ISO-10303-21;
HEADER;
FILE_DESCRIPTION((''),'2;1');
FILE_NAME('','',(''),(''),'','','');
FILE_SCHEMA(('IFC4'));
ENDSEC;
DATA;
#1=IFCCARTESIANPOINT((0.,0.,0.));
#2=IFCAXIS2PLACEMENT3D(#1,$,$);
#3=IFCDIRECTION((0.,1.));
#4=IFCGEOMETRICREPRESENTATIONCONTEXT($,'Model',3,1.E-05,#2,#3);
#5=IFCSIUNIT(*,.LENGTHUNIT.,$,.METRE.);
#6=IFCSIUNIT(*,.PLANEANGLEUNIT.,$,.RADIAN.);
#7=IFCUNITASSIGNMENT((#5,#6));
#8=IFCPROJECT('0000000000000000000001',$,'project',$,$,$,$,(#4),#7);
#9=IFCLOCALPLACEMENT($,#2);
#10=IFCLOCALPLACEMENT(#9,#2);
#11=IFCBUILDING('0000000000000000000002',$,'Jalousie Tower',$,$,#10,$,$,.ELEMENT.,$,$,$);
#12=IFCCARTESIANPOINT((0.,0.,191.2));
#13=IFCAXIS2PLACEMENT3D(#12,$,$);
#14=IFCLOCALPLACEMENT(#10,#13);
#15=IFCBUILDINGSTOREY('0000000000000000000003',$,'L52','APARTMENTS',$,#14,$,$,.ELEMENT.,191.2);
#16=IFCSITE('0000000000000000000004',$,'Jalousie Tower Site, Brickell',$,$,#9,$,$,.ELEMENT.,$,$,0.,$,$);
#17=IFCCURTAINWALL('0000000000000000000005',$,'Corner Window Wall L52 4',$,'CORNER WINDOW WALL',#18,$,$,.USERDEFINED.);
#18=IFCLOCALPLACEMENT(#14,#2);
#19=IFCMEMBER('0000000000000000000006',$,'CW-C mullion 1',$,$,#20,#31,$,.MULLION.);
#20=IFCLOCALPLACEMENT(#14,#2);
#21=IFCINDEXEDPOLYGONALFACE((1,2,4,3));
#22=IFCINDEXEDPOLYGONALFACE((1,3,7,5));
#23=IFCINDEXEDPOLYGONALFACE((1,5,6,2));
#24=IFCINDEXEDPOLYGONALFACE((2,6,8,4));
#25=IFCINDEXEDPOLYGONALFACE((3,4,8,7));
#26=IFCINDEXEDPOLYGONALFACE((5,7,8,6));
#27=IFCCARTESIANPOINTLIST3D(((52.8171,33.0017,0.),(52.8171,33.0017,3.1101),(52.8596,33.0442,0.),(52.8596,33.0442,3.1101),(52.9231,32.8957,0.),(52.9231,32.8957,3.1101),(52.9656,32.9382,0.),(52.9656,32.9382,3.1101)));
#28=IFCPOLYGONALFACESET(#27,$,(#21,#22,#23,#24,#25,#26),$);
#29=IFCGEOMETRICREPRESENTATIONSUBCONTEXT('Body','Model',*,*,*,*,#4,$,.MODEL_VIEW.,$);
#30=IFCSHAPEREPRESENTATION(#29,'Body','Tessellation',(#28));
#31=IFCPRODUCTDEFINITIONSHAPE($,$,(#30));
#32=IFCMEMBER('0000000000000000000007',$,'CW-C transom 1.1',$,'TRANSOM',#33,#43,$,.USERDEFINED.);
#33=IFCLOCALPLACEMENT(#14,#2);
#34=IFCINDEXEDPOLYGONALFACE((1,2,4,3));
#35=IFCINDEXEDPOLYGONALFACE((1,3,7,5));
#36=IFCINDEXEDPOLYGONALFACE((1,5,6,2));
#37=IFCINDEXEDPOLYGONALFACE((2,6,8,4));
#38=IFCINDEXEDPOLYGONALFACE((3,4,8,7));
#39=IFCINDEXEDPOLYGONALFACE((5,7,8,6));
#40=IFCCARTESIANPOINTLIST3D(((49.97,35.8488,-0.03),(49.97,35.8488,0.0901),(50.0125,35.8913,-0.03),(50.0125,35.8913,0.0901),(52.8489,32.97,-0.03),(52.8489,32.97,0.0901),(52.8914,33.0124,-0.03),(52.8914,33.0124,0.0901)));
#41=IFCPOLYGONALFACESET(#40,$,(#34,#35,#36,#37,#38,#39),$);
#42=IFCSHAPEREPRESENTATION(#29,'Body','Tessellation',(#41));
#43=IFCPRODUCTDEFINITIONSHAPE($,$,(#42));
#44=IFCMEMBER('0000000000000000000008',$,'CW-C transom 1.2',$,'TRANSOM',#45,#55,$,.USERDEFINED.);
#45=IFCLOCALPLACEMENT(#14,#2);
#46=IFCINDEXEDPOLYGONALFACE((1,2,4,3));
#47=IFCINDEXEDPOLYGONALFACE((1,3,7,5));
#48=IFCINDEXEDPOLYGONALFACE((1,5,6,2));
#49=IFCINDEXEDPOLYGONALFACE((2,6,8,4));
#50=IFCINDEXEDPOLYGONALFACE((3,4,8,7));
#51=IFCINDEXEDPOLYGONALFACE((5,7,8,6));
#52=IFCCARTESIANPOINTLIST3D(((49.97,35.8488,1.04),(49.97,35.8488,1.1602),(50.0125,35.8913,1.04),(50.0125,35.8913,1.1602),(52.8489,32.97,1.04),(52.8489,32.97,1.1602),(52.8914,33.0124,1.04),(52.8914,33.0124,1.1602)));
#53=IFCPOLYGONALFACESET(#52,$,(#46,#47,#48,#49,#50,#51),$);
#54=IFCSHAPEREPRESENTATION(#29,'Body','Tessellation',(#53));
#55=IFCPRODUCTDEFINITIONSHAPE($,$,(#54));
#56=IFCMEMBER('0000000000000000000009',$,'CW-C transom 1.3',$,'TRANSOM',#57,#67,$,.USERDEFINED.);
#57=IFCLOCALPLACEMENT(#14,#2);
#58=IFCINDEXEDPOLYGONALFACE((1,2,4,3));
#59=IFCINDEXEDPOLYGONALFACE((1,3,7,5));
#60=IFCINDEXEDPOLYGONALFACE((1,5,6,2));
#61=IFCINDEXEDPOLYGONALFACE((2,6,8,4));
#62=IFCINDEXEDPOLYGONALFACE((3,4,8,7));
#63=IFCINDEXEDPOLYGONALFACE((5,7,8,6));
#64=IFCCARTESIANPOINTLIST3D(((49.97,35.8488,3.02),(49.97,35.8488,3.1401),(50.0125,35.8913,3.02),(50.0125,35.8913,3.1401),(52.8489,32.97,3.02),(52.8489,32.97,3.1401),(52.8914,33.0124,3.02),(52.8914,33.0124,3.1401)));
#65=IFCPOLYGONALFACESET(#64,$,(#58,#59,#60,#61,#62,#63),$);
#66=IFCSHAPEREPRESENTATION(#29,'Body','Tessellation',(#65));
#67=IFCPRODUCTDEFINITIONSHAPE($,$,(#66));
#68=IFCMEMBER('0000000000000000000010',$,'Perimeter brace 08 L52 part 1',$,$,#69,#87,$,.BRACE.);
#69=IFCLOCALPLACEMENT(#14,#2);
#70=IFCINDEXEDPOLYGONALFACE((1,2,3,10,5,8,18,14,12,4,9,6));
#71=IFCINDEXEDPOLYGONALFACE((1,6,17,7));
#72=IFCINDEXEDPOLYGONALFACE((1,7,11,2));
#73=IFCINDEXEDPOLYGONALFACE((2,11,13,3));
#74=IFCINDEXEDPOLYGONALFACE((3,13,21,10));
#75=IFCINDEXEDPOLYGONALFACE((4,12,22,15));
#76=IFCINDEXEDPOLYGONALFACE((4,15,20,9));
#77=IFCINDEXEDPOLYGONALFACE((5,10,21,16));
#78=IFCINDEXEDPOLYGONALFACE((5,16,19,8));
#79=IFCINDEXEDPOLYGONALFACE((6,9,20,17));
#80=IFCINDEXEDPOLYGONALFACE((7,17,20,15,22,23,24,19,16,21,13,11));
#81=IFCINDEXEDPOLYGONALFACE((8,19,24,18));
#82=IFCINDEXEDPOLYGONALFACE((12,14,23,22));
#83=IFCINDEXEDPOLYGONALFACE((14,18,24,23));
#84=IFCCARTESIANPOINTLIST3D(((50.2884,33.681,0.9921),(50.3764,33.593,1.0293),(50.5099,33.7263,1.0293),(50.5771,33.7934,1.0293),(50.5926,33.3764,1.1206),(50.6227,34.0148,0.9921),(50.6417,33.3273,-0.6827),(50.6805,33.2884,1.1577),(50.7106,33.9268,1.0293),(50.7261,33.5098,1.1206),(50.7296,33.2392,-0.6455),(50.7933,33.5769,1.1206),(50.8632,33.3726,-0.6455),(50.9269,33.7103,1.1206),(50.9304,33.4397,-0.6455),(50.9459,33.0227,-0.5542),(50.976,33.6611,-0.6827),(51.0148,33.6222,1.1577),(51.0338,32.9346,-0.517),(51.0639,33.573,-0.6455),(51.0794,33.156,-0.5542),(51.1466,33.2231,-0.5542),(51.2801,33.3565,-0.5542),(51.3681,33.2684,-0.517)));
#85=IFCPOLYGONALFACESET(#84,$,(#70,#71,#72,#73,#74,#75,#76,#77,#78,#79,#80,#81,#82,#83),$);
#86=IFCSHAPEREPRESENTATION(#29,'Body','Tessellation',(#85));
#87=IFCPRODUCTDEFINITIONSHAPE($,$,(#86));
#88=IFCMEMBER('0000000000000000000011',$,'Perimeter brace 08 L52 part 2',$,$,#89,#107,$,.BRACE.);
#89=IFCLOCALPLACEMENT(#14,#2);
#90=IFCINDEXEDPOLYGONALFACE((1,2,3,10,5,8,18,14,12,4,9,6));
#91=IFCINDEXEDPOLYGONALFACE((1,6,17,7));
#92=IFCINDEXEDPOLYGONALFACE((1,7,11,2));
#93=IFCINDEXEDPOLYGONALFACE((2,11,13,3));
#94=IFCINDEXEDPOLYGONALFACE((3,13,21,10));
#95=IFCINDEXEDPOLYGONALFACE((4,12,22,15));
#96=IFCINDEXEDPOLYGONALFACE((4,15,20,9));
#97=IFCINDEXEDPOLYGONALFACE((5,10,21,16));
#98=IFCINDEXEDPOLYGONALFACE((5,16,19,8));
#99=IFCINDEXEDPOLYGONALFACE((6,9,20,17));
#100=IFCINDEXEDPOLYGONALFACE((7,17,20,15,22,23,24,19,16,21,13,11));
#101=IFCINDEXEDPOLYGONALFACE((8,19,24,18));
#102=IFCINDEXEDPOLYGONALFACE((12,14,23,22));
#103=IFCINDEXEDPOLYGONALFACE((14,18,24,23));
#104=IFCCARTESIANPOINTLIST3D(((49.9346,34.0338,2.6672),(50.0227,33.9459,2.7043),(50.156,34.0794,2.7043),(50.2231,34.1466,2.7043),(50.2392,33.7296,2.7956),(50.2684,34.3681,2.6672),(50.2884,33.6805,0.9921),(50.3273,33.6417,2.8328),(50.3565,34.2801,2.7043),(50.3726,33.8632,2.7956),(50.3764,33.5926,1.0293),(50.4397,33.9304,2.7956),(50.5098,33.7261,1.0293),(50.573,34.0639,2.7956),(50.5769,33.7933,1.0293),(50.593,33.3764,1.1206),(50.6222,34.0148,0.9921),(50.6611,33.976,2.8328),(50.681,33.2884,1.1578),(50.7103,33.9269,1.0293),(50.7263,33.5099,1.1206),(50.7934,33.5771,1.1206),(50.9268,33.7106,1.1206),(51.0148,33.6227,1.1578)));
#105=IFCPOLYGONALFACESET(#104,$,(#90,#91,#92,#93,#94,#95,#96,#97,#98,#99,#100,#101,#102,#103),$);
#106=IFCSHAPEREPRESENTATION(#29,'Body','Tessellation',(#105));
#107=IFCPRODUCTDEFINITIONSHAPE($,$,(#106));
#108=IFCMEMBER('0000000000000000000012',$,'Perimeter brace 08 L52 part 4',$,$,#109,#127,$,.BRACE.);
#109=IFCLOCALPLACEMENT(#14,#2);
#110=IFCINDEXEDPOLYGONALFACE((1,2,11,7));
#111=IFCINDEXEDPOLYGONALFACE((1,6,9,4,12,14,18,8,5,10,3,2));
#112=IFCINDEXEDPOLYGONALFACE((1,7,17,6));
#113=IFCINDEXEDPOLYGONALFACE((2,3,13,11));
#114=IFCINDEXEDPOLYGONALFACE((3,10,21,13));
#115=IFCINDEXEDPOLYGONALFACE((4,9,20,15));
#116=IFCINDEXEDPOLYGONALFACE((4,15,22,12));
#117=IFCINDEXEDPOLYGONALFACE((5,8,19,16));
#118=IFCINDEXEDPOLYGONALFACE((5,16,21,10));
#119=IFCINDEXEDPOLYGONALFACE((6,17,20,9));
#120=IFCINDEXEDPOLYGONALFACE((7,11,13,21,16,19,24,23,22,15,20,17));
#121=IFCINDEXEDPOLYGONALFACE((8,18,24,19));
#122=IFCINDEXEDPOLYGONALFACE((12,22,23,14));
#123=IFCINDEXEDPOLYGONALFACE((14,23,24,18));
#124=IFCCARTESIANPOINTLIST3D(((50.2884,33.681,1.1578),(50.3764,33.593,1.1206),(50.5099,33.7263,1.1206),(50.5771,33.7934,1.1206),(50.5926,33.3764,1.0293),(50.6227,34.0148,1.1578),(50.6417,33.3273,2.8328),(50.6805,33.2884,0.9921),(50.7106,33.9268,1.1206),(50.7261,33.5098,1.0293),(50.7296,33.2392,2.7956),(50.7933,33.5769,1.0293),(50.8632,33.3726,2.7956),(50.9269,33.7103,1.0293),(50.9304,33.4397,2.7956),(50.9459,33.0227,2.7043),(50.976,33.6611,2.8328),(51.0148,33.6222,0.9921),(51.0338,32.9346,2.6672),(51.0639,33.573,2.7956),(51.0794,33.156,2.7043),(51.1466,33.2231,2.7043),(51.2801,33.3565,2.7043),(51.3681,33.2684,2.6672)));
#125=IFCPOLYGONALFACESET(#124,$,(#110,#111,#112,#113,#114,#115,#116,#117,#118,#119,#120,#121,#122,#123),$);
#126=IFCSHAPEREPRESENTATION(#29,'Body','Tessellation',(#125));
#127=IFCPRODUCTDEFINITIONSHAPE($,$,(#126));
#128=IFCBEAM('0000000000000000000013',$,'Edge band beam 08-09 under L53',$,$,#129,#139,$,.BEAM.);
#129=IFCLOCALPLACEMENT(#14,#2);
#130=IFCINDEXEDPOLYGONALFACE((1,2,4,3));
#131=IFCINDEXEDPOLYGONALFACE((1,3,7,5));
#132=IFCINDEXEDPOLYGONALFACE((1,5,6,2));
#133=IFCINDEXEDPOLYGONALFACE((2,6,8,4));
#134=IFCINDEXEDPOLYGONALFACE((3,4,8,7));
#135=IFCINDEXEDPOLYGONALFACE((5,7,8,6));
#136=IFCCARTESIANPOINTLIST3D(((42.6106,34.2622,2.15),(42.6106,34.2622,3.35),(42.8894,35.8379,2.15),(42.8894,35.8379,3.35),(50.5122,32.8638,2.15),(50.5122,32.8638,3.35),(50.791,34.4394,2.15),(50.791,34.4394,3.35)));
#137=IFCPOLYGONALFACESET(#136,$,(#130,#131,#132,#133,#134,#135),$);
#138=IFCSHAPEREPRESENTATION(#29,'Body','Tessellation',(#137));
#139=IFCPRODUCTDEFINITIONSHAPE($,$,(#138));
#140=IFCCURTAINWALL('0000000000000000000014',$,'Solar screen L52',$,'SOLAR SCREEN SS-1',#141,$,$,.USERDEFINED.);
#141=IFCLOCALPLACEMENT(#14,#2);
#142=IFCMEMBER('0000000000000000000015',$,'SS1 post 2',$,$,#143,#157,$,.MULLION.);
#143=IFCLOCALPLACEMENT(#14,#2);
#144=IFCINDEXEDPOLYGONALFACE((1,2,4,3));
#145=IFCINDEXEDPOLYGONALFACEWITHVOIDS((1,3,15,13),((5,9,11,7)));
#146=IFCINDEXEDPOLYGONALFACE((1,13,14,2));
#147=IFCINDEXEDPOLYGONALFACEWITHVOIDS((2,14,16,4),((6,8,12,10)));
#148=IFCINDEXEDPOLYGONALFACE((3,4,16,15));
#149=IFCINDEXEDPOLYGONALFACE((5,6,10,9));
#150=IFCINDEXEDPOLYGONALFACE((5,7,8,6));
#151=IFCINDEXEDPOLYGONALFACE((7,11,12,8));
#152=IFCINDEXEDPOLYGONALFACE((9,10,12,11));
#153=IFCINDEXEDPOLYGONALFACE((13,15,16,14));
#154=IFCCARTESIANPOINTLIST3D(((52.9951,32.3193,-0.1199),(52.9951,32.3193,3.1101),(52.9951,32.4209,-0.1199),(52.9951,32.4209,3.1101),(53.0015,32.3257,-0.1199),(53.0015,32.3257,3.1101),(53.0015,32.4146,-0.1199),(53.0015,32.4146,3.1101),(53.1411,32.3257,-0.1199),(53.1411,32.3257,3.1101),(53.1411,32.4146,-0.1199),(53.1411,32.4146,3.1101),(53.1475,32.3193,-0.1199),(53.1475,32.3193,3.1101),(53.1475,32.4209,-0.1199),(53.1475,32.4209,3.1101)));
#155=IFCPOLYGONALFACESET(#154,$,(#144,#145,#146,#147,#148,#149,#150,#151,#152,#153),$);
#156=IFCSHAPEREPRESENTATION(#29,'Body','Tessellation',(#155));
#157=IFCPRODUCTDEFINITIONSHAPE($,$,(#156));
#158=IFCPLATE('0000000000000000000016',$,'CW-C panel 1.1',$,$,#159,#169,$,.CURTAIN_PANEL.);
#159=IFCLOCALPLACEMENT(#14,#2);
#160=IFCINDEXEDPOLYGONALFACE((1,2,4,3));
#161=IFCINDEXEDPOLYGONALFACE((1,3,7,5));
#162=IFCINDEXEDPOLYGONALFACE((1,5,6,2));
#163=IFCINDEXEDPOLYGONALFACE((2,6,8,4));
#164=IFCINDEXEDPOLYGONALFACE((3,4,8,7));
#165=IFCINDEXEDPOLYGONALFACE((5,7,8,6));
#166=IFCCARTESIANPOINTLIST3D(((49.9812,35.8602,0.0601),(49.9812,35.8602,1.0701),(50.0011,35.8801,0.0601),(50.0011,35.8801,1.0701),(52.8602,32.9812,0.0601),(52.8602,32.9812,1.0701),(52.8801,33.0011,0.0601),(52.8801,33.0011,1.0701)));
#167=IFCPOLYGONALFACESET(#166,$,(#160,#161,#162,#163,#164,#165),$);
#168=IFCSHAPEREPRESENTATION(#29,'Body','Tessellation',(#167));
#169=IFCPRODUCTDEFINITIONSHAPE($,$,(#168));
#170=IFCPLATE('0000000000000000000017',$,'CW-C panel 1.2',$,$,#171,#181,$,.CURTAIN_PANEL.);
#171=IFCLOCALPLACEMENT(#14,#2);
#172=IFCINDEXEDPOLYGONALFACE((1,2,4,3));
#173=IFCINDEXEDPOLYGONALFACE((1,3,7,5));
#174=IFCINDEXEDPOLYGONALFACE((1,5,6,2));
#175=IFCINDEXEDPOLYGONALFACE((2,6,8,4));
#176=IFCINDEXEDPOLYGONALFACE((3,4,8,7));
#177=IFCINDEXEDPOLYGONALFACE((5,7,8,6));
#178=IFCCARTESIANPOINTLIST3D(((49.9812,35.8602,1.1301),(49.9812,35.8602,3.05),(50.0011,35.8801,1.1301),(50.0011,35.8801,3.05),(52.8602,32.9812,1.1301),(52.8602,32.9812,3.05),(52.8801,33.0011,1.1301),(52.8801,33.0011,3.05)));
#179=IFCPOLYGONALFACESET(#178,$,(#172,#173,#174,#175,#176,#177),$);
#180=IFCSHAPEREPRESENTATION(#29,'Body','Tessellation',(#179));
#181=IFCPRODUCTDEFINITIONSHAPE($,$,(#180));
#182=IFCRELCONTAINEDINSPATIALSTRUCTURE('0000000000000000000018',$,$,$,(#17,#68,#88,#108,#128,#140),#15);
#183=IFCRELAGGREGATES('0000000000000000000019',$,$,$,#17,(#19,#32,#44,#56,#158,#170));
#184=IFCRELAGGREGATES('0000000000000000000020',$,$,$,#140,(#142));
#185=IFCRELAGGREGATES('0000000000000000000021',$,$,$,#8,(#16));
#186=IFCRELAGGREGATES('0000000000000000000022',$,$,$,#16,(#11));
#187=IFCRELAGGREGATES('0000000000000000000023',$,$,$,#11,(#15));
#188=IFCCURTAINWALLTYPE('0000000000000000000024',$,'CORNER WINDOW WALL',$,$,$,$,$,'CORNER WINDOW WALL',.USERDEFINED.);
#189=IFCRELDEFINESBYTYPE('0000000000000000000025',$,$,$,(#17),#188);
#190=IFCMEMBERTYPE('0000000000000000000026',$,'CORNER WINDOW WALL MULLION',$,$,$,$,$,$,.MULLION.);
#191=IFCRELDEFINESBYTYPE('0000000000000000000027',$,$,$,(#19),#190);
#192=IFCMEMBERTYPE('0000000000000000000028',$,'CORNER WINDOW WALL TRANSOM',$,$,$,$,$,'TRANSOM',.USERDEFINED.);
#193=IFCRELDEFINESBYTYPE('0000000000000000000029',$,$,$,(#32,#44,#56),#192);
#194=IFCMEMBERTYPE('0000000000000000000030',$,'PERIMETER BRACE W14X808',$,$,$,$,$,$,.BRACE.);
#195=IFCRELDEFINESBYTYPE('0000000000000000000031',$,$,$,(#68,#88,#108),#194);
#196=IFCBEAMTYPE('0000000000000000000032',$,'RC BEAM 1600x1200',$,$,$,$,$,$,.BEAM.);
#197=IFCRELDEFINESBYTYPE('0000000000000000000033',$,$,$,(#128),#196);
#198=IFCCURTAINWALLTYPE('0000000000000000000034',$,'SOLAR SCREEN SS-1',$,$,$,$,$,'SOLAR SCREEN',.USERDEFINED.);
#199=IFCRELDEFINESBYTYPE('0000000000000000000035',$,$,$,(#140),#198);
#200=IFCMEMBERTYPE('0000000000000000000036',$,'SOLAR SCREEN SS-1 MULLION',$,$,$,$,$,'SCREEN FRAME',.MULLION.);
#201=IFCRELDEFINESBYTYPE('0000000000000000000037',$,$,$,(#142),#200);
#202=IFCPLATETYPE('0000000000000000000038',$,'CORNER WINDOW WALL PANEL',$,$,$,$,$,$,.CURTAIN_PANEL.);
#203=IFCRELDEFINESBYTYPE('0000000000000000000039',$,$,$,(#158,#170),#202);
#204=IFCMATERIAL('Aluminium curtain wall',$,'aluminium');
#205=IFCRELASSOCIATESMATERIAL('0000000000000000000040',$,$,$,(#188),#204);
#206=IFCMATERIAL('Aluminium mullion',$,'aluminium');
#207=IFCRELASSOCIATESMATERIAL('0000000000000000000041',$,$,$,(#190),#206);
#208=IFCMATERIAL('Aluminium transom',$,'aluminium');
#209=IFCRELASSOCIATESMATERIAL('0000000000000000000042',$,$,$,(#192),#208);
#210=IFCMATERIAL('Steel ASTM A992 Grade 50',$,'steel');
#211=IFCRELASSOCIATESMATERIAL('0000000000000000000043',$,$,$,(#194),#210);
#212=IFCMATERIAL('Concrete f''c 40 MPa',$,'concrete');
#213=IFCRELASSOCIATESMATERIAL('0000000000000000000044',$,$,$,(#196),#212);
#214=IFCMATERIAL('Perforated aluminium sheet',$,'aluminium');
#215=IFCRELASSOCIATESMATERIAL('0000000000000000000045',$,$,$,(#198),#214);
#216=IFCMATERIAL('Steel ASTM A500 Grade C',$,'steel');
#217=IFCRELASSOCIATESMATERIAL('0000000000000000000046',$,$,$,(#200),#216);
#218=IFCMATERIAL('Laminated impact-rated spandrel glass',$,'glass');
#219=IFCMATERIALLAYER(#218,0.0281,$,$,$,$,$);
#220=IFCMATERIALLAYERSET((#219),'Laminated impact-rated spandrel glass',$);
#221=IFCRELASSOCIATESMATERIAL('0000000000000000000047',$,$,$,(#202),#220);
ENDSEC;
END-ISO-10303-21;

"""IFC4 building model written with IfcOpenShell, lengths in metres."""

from ifc_helpers import new_model, si_unit, direction, frame, origin, origin_2d, place, context, subcontext, project, spatial, rectangle, hollow_rectangle, i_section, extrude, material, layer, layer_set, material_profile, profile_set, type_object, element, aggregate, save


model = new_model("IFC4")

# Units and contexts
model_context = context("Model", 3, precision=1e-05, world=origin(), true_north=direction((0.0, 1.0)))
body_context = subcontext(model_context, "Body", "Model", "MODEL_VIEW")
ifc_project = project(units=[si_unit("LENGTHUNIT", "METRE"), si_unit("PLANEANGLEUNIT", "RADIAN")], contexts=[model_context])

# Site, building, storey
site_placement = place(None, origin())
site = spatial("IfcSite", under=ifc_project, at=site_placement, Name="Jalousie Tower Site, Brickell", CompositionType="ELEMENT", RefElevation=0.0)
building_placement = place(site_placement, origin())
building = spatial("IfcBuilding", under=site, at=building_placement, Name="Jalousie Tower", CompositionType="ELEMENT")
storey_placement = place(building_placement, frame((0.0, 0.0, 191.2)))
storey = spatial("IfcBuildingStorey", under=building, at=storey_placement, Name="L52", Description="APARTMENTS", CompositionType="ELEMENT", Elevation=191.2)

# Curtain wall, members
ifc_material_1 = material(Name="Aluminium curtain wall", Category="aluminium")
curtain_wall_type_1 = type_object("IfcCurtainWallType", Name="CORNER WINDOW WALL", ElementType="CORNER WINDOW WALL", PredefinedType="USERDEFINED", material=ifc_material_1)
curtain_wall_1_placement = place(storey_placement, origin())
curtain_wall_1 = element("IfcCurtainWall", 1, at=curtain_wall_1_placement, inside=storey, type_object=curtain_wall_type_1, Name="Corner Window Wall L52 4", ObjectType="CORNER WINDOW WALL", PredefinedType="USERDEFINED")
ifc_material_2 = material(Name="Aluminium mullion", Category="aluminium")
ifc_material_profile_1 = material_profile(ifc_material_2, rectangle(XDim=0.0601, YDim=0.1499, at=origin_2d()), Name="MULLION 60x150")
ifc_profile_set_1 = profile_set([ifc_material_profile_1], Name="Aluminium mullion")
member_type_1 = type_object("IfcMemberType", Name="CORNER WINDOW WALL MULLION", PredefinedType="MULLION", material=ifc_profile_set_1)
member_1_placement = place(storey_placement, frame((52.8914, 32.97, 0.0), z_axis=(0.0, 0.0, 1.0), x_axis=(-0.707107, -0.707107, 0.0)))
member_1 = element("IfcMember", 2, at=member_1_placement, type_object=member_type_1, Name="CW-C mullion 1", PredefinedType="MULLION", context=body_context, shape_type="SweptSolid", body=[
    extrude(rectangle(XDim=0.0601, YDim=0.1499, at=origin_2d()), origin(), (0.0, 0.0, 1.0), 3.1101),
])
ifc_material_3 = material(Name="Aluminium transom", Category="aluminium")
ifc_material_profile_2 = material_profile(ifc_material_3, rectangle(XDim=0.0601, YDim=0.1201, at=origin_2d()), Name="TRANSOM 60x120")
ifc_profile_set_2 = profile_set([ifc_material_profile_2], Name="Aluminium transom")
member_type_2 = type_object("IfcMemberType", Name="CORNER WINDOW WALL TRANSOM", ElementType="TRANSOM", PredefinedType="USERDEFINED", material=ifc_profile_set_2)
member_2_placement = place(storey_placement, frame((52.8701, 32.9912, 0.03), z_axis=(-0.707107, 0.707107, 0.0), x_axis=(-0.707107, -0.707107, 0.0)))
member_2 = element("IfcMember", 3, at=member_2_placement, type_object=member_type_2, Name="CW-C transom 1.1", ObjectType="TRANSOM", PredefinedType="USERDEFINED", context=body_context, shape_type="SweptSolid", body=[
    extrude(rectangle(XDim=0.0601, YDim=0.1201, at=origin_2d()), origin(), (0.0, 0.0, 1.0), 4.0713),
])
member_3_placement = place(storey_placement, frame((52.8701, 32.9912, 1.1001), z_axis=(-0.707107, 0.707107, 0.0), x_axis=(-0.707107, -0.707107, 0.0)))
member_3 = element("IfcMember", 4, at=member_3_placement, type_object=member_type_2, Name="CW-C transom 1.2", ObjectType="TRANSOM", PredefinedType="USERDEFINED", context=body_context, shape_type="SweptSolid", body=[
    extrude(rectangle(XDim=0.0601, YDim=0.1201, at=origin_2d()), origin(), (0.0, 0.0, 1.0), 4.0713),
])
member_4_placement = place(storey_placement, frame((52.8701, 32.9912, 3.0801), z_axis=(-0.707107, 0.707107, 0.0), x_axis=(-0.707107, -0.707107, 0.0)))
member_4 = element("IfcMember", 5, at=member_4_placement, type_object=member_type_2, Name="CW-C transom 1.3", ObjectType="TRANSOM", PredefinedType="USERDEFINED", context=body_context, shape_type="SweptSolid", body=[
    extrude(rectangle(XDim=0.0601, YDim=0.1201, at=origin_2d()), origin(), (0.0, 0.0, 1.0), 4.0713),
])

# Members
ifc_material_4 = material(Name="Steel ASTM A992 Grade 50", Category="steel")
ifc_material_profile_3 = material_profile(ifc_material_4, i_section(OverallWidth=0.4724, OverallDepth=0.5791, WebThickness=0.095, FlangeThickness=0.1299, at=origin_2d()), Name="W14X808")
ifc_profile_set_3 = profile_set([ifc_material_profile_3], Name="Steel ASTM A992 Grade 50")
member_type_3 = type_object("IfcMemberType", Name="PERIMETER BRACE W14X808", PredefinedType="BRACE", material=ifc_profile_set_3)
member_5_placement = place(storey_placement, frame((51.0049, 33.2979, -0.5999), z_axis=(-0.20212, 0.202399, 0.958218), x_axis=(-0.707595, -0.706618, 0.0)))
element("IfcMember", 6, at=member_5_placement, inside=storey, type_object=member_type_3, Name="Perimeter brace 08 L52 part 1", PredefinedType="BRACE", context=body_context, shape_type="SweptSolid", body=[
    extrude(i_section(OverallWidth=0.4724, OverallDepth=0.5791, WebThickness=0.095, FlangeThickness=0.1299, at=origin_2d()), origin(), (0.0, 0.0, 1.0), 1.7478),
])
for number, where, z_axis, x_axis, name in (
    (7, (50.6516, 33.6516, 1.075), (-0.202372, 0.202093, 0.95823), (-0.706618, -0.707595, 0.0), "Perimeter brace 08 L52 part 2"),
    (8, (50.6516, 33.6516, 1.075), (0.202093, -0.202372, 0.95823), (0.707595, 0.706618, 0.0), "Perimeter brace 08 L52 part 4"),
):
    element("IfcMember", number, at=place(storey_placement, frame(where, z_axis=z_axis, x_axis=x_axis)), inside=storey, type_object=member_type_3, Name=name, PredefinedType="BRACE", context=body_context, shape_type="SweptSolid", body=[
        extrude(i_section(OverallWidth=0.4724, OverallDepth=0.5791, WebThickness=0.095, FlangeThickness=0.1299, at=origin_2d()), origin(), (0.0, 0.0, 1.0), 1.748),
    ])

# Beam
ifc_material_5 = material(Name="Concrete f'c 40 MPa", Category="concrete")
ifc_material_profile_4 = material_profile(ifc_material_5, rectangle(XDim=1.6001, YDim=1.2, at=origin_2d()), Name="RC 1600x1200")
ifc_profile_set_4 = profile_set([ifc_material_profile_4], Name="Concrete f'c 40 MPa")
beam_type = type_object("IfcBeamType", Name="RC BEAM 1600x1200", PredefinedType="BEAM", material=ifc_profile_set_4)
beam_placement = place(storey_placement, frame((50.6516, 33.6516, 2.75), z_axis=(-0.984697, 0.174273, 0.0), x_axis=(-0.174273, -0.984697, 0.0)))
element("IfcBeam", 9, at=beam_placement, inside=storey, type_object=beam_type, Name="Edge band beam 08-09 under L53", PredefinedType="BEAM", context=body_context, shape_type="SweptSolid", body=[
    extrude(rectangle(XDim=1.6001, YDim=1.2, at=origin_2d()), origin(), (0.0, 0.0, 1.0), 8.0244),
])

# Curtain wall, member
ifc_material_6 = material(Name="Perforated aluminium sheet", Category="aluminium")
curtain_wall_type_2 = type_object("IfcCurtainWallType", Name="SOLAR SCREEN SS-1", ElementType="SOLAR SCREEN", PredefinedType="USERDEFINED", material=ifc_material_6)
curtain_wall_2_placement = place(storey_placement, origin())
curtain_wall_2 = element("IfcCurtainWall", 10, at=curtain_wall_2_placement, inside=storey, type_object=curtain_wall_type_2, Name="Solar screen L52", ObjectType="SOLAR SCREEN SS-1", PredefinedType="USERDEFINED")
ifc_material_7 = material(Name="Steel ASTM A500 Grade C", Category="steel")
ifc_material_profile_5 = material_profile(ifc_material_7, hollow_rectangle(XDim=0.1016, YDim=0.1523, WallThickness=0.0063, at=origin_2d()), Name="HSS6X4X1/4")
ifc_profile_set_5 = profile_set([ifc_material_profile_5], Name="Steel ASTM A500 Grade C")
member_type_4 = type_object("IfcMemberType", Name="SOLAR SCREEN SS-1 MULLION", ElementType="SCREEN FRAME", PredefinedType="MULLION", material=ifc_profile_set_5)
member_6_placement = place(storey_placement, frame((53.0713, 32.3701, -0.1199), z_axis=(0.0, 0.0, 1.0), x_axis=(0.0, 1.0, 0.0)))
member_6 = element("IfcMember", 11, at=member_6_placement, type_object=member_type_4, Name="SS1 post 2", PredefinedType="MULLION", context=body_context, shape_type="SweptSolid", body=[
    extrude(hollow_rectangle(XDim=0.1016, YDim=0.1523, WallThickness=0.0063, at=origin_2d()), origin(), (0.0, 0.0, 1.0), 3.23),
])

# Plates
ifc_material_8 = material(Name="Laminated impact-rated spandrel glass", Category="glass")
ifc_layer_1 = layer(ifc_material_8, 0.0281)
ifc_layer_set_1 = layer_set([ifc_layer_1], Name="Laminated impact-rated spandrel glass")
plate_type_1 = type_object("IfcPlateType", Name="CORNER WINDOW WALL PANEL", PredefinedType="CURTAIN_PANEL", material=ifc_layer_set_1)
plate_1_placement = place(storey_placement, frame((51.4307, 34.4307, 0.0601), z_axis=(0.0, 0.0, 1.0), x_axis=(-0.707107, 0.707107, 0.0)))
plate_1 = element("IfcPlate", 12, at=plate_1_placement, type_object=plate_type_1, Name="CW-C panel 1.1", PredefinedType="CURTAIN_PANEL", context=body_context, shape_type="SweptSolid", body=[
    extrude(rectangle(XDim=4.0715, YDim=0.0281, at=origin_2d()), origin(), (0.0, 0.0, 1.0), 1.01),
])
plate_2_placement = place(storey_placement, frame((51.4307, 34.4307, 1.1301), z_axis=(0.0, 0.0, 1.0), x_axis=(-0.707107, 0.707107, 0.0)))
plate_2 = element("IfcPlate", 13, at=plate_2_placement, type_object=plate_type_1, Name="CW-C panel 1.2", PredefinedType="CURTAIN_PANEL", context=body_context, shape_type="SweptSolid", body=[
    extrude(rectangle(XDim=4.0715, YDim=0.0281, at=origin_2d()), origin(), (0.0, 0.0, 1.0), 1.9199),
])
aggregate(curtain_wall_1, [member_1, member_2, member_3, member_4, plate_1, plate_2])
aggregate(curtain_wall_2, [member_6])

save(model, "model.ifc")
